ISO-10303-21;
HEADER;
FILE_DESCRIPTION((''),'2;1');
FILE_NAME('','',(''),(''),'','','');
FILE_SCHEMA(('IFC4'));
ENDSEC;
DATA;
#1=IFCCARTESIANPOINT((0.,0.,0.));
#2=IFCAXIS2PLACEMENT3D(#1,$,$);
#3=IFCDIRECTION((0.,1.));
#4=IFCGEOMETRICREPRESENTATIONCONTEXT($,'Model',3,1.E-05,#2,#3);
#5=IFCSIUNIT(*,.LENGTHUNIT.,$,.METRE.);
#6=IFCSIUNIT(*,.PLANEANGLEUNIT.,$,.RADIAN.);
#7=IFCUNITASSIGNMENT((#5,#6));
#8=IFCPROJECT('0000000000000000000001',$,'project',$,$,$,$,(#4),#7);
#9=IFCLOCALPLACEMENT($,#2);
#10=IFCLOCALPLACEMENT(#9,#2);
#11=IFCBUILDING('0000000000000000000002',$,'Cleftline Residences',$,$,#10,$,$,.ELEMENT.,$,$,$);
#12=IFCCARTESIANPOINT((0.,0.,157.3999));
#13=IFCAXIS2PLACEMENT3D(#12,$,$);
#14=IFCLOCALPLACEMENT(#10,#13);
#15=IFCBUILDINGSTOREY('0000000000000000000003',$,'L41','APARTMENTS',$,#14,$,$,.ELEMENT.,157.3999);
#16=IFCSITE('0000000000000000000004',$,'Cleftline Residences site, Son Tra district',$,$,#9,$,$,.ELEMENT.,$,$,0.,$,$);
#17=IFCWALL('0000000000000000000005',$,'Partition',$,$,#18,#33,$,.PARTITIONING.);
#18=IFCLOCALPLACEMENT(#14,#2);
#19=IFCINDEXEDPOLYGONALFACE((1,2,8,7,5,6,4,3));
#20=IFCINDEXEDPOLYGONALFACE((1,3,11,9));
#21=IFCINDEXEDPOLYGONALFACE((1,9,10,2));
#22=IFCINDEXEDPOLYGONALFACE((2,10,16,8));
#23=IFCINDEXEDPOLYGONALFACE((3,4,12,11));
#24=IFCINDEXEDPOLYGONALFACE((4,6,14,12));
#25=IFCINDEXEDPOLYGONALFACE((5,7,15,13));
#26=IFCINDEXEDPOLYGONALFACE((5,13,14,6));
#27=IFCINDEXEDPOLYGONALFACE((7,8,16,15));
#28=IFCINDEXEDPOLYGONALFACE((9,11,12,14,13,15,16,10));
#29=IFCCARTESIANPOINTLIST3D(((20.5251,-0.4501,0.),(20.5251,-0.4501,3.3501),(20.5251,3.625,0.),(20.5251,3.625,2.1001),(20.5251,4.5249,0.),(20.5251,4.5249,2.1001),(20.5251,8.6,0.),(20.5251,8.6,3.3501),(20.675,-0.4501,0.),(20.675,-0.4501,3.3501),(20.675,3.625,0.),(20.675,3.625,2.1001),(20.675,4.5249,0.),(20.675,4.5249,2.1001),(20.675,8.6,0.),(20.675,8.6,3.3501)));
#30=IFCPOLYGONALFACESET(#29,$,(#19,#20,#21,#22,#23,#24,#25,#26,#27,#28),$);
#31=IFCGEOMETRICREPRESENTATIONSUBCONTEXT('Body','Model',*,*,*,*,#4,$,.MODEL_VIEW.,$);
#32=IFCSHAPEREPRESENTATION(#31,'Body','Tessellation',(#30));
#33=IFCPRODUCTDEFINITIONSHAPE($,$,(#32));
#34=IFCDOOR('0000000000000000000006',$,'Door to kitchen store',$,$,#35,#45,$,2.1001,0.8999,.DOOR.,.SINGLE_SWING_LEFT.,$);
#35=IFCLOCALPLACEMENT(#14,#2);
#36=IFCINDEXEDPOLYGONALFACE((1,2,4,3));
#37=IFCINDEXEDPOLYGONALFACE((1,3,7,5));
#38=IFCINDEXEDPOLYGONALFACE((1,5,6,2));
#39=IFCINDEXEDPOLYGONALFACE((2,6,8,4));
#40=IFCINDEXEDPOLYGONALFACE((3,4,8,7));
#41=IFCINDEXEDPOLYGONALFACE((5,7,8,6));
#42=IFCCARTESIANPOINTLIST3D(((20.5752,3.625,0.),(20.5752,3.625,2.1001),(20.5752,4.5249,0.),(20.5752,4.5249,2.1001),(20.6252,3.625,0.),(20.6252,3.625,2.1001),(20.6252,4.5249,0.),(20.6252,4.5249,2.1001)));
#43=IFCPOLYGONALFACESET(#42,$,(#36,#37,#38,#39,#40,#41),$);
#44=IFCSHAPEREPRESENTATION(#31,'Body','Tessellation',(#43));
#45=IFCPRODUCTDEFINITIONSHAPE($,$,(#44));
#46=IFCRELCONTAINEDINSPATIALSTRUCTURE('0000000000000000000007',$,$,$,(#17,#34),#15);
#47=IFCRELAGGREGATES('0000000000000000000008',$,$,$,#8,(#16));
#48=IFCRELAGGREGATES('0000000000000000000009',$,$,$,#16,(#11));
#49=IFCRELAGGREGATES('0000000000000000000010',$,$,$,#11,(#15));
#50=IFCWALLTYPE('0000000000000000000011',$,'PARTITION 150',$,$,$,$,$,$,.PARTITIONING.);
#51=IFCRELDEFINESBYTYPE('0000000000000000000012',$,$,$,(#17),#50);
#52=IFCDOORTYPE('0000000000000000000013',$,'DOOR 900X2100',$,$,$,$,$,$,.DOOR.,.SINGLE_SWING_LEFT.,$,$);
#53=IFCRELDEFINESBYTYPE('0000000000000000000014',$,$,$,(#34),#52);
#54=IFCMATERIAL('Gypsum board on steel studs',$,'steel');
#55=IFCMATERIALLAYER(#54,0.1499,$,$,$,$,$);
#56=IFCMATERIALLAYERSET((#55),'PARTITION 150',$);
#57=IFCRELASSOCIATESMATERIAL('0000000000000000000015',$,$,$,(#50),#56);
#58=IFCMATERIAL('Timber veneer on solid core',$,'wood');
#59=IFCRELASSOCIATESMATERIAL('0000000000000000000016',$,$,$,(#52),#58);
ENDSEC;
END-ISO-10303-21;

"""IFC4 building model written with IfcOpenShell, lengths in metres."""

from ifc_helpers import new_model, si_unit, direction, frame, frame_2d, origin, place, context, subcontext, project, spatial, rectangle, extrude, material, layer, layer_set, type_object, element, fill, save


model = new_model("IFC4")

# Units and contexts
model_context = context("Model", 3, precision=1e-05, world=origin(), true_north=direction((0.0, 1.0)))
body_context = subcontext(model_context, "Body", "Model", "MODEL_VIEW")
ifc_project = project(units=[si_unit("LENGTHUNIT", "METRE"), si_unit("PLANEANGLEUNIT", "RADIAN")], contexts=[model_context])

# Site, building, storey
site_placement = place(None, origin())
site = spatial("IfcSite", under=ifc_project, at=site_placement, Name="Cleftline Residences site, Son Tra district", CompositionType="ELEMENT", RefElevation=0.0)
building_placement = place(site_placement, origin())
building = spatial("IfcBuilding", under=site, at=building_placement, Name="Cleftline Residences", CompositionType="ELEMENT")
storey_placement = place(building_placement, frame((0.0, 0.0, 157.3999)))
storey = spatial("IfcBuildingStorey", under=building, at=storey_placement, Name="L41", Description="APARTMENTS", CompositionType="ELEMENT", Elevation=157.3999)

# Shared definitions
ifc_material_1 = material(Name="Gypsum board on steel studs", Category="steel")
ifc_layer_1 = layer(ifc_material_1, 0.1499)
ifc_layer_set_1 = layer_set([ifc_layer_1], Name="PARTITION 150")
wall_type_1 = type_object("IfcWallType", Name="PARTITION 150", PredefinedType="PARTITIONING", material=ifc_layer_set_1)

# Wall, opening, door
wall_1_placement = place(storey_placement, frame((20.6001, -0.45, 0.0), z_axis=(0.0, 0.0, 1.0), x_axis=(0.0, 1.0, 0.0)))
wall_1 = element("IfcWall", 1, at=wall_1_placement, inside=storey, type_object=wall_type_1, Name="Partition", PredefinedType="PARTITIONING", context=body_context, shape_type="SweptSolid", body=[
    extrude(rectangle(XDim=9.05, YDim=0.1499, at=frame_2d((4.5249, 0.0))), origin(), (0.0, 0.0, 1.0), 3.3501),
])
opening_1_placement = place(wall_1_placement, frame((4.075, 0.0, 0.0)))
opening_1 = element("IfcOpeningElement", 2, at=opening_1_placement, cuts=wall_1, PredefinedType="OPENING", context=body_context, shape_type="SweptSolid", body=[
    extrude(rectangle(XDim=0.8999, YDim=2.1001, at=frame_2d((0.45, 1.05))), frame((0.0, 0.085, 0.0), z_axis=(0.0, -1.0, 0.0), x_axis=(1.0, 0.0, 0.0)), (0.0, 0.0, 1.0), 0.1699),
])
ifc_material_2 = material(Name="Timber veneer on solid core", Category="wood")
door_type_1 = type_object("IfcDoorType", Name="DOOR 900X2100", OperationType="SINGLE_SWING_LEFT", PredefinedType="DOOR", material=ifc_material_2)
door_1_placement = place(opening_1_placement, origin())
door_1 = element("IfcDoor", 3, at=door_1_placement, inside=storey, type_object=door_type_1, Name="Door to kitchen store", OperationType="SINGLE_SWING_LEFT", OverallHeight=2.1001, OverallWidth=0.8999, PredefinedType="DOOR", context=body_context, shape_type="SweptSolid", body=[
    extrude(rectangle(XDim=0.8999, YDim=2.1001, at=frame_2d((0.45, 1.05))), frame((0.0, 0.0249, 0.0), z_axis=(0.0, -1.0, 0.0), x_axis=(1.0, 0.0, 0.0)), (0.0, 0.0, 1.0), 0.05),
])
fill(opening_1, door_1)

save(model, "model.ifc")
